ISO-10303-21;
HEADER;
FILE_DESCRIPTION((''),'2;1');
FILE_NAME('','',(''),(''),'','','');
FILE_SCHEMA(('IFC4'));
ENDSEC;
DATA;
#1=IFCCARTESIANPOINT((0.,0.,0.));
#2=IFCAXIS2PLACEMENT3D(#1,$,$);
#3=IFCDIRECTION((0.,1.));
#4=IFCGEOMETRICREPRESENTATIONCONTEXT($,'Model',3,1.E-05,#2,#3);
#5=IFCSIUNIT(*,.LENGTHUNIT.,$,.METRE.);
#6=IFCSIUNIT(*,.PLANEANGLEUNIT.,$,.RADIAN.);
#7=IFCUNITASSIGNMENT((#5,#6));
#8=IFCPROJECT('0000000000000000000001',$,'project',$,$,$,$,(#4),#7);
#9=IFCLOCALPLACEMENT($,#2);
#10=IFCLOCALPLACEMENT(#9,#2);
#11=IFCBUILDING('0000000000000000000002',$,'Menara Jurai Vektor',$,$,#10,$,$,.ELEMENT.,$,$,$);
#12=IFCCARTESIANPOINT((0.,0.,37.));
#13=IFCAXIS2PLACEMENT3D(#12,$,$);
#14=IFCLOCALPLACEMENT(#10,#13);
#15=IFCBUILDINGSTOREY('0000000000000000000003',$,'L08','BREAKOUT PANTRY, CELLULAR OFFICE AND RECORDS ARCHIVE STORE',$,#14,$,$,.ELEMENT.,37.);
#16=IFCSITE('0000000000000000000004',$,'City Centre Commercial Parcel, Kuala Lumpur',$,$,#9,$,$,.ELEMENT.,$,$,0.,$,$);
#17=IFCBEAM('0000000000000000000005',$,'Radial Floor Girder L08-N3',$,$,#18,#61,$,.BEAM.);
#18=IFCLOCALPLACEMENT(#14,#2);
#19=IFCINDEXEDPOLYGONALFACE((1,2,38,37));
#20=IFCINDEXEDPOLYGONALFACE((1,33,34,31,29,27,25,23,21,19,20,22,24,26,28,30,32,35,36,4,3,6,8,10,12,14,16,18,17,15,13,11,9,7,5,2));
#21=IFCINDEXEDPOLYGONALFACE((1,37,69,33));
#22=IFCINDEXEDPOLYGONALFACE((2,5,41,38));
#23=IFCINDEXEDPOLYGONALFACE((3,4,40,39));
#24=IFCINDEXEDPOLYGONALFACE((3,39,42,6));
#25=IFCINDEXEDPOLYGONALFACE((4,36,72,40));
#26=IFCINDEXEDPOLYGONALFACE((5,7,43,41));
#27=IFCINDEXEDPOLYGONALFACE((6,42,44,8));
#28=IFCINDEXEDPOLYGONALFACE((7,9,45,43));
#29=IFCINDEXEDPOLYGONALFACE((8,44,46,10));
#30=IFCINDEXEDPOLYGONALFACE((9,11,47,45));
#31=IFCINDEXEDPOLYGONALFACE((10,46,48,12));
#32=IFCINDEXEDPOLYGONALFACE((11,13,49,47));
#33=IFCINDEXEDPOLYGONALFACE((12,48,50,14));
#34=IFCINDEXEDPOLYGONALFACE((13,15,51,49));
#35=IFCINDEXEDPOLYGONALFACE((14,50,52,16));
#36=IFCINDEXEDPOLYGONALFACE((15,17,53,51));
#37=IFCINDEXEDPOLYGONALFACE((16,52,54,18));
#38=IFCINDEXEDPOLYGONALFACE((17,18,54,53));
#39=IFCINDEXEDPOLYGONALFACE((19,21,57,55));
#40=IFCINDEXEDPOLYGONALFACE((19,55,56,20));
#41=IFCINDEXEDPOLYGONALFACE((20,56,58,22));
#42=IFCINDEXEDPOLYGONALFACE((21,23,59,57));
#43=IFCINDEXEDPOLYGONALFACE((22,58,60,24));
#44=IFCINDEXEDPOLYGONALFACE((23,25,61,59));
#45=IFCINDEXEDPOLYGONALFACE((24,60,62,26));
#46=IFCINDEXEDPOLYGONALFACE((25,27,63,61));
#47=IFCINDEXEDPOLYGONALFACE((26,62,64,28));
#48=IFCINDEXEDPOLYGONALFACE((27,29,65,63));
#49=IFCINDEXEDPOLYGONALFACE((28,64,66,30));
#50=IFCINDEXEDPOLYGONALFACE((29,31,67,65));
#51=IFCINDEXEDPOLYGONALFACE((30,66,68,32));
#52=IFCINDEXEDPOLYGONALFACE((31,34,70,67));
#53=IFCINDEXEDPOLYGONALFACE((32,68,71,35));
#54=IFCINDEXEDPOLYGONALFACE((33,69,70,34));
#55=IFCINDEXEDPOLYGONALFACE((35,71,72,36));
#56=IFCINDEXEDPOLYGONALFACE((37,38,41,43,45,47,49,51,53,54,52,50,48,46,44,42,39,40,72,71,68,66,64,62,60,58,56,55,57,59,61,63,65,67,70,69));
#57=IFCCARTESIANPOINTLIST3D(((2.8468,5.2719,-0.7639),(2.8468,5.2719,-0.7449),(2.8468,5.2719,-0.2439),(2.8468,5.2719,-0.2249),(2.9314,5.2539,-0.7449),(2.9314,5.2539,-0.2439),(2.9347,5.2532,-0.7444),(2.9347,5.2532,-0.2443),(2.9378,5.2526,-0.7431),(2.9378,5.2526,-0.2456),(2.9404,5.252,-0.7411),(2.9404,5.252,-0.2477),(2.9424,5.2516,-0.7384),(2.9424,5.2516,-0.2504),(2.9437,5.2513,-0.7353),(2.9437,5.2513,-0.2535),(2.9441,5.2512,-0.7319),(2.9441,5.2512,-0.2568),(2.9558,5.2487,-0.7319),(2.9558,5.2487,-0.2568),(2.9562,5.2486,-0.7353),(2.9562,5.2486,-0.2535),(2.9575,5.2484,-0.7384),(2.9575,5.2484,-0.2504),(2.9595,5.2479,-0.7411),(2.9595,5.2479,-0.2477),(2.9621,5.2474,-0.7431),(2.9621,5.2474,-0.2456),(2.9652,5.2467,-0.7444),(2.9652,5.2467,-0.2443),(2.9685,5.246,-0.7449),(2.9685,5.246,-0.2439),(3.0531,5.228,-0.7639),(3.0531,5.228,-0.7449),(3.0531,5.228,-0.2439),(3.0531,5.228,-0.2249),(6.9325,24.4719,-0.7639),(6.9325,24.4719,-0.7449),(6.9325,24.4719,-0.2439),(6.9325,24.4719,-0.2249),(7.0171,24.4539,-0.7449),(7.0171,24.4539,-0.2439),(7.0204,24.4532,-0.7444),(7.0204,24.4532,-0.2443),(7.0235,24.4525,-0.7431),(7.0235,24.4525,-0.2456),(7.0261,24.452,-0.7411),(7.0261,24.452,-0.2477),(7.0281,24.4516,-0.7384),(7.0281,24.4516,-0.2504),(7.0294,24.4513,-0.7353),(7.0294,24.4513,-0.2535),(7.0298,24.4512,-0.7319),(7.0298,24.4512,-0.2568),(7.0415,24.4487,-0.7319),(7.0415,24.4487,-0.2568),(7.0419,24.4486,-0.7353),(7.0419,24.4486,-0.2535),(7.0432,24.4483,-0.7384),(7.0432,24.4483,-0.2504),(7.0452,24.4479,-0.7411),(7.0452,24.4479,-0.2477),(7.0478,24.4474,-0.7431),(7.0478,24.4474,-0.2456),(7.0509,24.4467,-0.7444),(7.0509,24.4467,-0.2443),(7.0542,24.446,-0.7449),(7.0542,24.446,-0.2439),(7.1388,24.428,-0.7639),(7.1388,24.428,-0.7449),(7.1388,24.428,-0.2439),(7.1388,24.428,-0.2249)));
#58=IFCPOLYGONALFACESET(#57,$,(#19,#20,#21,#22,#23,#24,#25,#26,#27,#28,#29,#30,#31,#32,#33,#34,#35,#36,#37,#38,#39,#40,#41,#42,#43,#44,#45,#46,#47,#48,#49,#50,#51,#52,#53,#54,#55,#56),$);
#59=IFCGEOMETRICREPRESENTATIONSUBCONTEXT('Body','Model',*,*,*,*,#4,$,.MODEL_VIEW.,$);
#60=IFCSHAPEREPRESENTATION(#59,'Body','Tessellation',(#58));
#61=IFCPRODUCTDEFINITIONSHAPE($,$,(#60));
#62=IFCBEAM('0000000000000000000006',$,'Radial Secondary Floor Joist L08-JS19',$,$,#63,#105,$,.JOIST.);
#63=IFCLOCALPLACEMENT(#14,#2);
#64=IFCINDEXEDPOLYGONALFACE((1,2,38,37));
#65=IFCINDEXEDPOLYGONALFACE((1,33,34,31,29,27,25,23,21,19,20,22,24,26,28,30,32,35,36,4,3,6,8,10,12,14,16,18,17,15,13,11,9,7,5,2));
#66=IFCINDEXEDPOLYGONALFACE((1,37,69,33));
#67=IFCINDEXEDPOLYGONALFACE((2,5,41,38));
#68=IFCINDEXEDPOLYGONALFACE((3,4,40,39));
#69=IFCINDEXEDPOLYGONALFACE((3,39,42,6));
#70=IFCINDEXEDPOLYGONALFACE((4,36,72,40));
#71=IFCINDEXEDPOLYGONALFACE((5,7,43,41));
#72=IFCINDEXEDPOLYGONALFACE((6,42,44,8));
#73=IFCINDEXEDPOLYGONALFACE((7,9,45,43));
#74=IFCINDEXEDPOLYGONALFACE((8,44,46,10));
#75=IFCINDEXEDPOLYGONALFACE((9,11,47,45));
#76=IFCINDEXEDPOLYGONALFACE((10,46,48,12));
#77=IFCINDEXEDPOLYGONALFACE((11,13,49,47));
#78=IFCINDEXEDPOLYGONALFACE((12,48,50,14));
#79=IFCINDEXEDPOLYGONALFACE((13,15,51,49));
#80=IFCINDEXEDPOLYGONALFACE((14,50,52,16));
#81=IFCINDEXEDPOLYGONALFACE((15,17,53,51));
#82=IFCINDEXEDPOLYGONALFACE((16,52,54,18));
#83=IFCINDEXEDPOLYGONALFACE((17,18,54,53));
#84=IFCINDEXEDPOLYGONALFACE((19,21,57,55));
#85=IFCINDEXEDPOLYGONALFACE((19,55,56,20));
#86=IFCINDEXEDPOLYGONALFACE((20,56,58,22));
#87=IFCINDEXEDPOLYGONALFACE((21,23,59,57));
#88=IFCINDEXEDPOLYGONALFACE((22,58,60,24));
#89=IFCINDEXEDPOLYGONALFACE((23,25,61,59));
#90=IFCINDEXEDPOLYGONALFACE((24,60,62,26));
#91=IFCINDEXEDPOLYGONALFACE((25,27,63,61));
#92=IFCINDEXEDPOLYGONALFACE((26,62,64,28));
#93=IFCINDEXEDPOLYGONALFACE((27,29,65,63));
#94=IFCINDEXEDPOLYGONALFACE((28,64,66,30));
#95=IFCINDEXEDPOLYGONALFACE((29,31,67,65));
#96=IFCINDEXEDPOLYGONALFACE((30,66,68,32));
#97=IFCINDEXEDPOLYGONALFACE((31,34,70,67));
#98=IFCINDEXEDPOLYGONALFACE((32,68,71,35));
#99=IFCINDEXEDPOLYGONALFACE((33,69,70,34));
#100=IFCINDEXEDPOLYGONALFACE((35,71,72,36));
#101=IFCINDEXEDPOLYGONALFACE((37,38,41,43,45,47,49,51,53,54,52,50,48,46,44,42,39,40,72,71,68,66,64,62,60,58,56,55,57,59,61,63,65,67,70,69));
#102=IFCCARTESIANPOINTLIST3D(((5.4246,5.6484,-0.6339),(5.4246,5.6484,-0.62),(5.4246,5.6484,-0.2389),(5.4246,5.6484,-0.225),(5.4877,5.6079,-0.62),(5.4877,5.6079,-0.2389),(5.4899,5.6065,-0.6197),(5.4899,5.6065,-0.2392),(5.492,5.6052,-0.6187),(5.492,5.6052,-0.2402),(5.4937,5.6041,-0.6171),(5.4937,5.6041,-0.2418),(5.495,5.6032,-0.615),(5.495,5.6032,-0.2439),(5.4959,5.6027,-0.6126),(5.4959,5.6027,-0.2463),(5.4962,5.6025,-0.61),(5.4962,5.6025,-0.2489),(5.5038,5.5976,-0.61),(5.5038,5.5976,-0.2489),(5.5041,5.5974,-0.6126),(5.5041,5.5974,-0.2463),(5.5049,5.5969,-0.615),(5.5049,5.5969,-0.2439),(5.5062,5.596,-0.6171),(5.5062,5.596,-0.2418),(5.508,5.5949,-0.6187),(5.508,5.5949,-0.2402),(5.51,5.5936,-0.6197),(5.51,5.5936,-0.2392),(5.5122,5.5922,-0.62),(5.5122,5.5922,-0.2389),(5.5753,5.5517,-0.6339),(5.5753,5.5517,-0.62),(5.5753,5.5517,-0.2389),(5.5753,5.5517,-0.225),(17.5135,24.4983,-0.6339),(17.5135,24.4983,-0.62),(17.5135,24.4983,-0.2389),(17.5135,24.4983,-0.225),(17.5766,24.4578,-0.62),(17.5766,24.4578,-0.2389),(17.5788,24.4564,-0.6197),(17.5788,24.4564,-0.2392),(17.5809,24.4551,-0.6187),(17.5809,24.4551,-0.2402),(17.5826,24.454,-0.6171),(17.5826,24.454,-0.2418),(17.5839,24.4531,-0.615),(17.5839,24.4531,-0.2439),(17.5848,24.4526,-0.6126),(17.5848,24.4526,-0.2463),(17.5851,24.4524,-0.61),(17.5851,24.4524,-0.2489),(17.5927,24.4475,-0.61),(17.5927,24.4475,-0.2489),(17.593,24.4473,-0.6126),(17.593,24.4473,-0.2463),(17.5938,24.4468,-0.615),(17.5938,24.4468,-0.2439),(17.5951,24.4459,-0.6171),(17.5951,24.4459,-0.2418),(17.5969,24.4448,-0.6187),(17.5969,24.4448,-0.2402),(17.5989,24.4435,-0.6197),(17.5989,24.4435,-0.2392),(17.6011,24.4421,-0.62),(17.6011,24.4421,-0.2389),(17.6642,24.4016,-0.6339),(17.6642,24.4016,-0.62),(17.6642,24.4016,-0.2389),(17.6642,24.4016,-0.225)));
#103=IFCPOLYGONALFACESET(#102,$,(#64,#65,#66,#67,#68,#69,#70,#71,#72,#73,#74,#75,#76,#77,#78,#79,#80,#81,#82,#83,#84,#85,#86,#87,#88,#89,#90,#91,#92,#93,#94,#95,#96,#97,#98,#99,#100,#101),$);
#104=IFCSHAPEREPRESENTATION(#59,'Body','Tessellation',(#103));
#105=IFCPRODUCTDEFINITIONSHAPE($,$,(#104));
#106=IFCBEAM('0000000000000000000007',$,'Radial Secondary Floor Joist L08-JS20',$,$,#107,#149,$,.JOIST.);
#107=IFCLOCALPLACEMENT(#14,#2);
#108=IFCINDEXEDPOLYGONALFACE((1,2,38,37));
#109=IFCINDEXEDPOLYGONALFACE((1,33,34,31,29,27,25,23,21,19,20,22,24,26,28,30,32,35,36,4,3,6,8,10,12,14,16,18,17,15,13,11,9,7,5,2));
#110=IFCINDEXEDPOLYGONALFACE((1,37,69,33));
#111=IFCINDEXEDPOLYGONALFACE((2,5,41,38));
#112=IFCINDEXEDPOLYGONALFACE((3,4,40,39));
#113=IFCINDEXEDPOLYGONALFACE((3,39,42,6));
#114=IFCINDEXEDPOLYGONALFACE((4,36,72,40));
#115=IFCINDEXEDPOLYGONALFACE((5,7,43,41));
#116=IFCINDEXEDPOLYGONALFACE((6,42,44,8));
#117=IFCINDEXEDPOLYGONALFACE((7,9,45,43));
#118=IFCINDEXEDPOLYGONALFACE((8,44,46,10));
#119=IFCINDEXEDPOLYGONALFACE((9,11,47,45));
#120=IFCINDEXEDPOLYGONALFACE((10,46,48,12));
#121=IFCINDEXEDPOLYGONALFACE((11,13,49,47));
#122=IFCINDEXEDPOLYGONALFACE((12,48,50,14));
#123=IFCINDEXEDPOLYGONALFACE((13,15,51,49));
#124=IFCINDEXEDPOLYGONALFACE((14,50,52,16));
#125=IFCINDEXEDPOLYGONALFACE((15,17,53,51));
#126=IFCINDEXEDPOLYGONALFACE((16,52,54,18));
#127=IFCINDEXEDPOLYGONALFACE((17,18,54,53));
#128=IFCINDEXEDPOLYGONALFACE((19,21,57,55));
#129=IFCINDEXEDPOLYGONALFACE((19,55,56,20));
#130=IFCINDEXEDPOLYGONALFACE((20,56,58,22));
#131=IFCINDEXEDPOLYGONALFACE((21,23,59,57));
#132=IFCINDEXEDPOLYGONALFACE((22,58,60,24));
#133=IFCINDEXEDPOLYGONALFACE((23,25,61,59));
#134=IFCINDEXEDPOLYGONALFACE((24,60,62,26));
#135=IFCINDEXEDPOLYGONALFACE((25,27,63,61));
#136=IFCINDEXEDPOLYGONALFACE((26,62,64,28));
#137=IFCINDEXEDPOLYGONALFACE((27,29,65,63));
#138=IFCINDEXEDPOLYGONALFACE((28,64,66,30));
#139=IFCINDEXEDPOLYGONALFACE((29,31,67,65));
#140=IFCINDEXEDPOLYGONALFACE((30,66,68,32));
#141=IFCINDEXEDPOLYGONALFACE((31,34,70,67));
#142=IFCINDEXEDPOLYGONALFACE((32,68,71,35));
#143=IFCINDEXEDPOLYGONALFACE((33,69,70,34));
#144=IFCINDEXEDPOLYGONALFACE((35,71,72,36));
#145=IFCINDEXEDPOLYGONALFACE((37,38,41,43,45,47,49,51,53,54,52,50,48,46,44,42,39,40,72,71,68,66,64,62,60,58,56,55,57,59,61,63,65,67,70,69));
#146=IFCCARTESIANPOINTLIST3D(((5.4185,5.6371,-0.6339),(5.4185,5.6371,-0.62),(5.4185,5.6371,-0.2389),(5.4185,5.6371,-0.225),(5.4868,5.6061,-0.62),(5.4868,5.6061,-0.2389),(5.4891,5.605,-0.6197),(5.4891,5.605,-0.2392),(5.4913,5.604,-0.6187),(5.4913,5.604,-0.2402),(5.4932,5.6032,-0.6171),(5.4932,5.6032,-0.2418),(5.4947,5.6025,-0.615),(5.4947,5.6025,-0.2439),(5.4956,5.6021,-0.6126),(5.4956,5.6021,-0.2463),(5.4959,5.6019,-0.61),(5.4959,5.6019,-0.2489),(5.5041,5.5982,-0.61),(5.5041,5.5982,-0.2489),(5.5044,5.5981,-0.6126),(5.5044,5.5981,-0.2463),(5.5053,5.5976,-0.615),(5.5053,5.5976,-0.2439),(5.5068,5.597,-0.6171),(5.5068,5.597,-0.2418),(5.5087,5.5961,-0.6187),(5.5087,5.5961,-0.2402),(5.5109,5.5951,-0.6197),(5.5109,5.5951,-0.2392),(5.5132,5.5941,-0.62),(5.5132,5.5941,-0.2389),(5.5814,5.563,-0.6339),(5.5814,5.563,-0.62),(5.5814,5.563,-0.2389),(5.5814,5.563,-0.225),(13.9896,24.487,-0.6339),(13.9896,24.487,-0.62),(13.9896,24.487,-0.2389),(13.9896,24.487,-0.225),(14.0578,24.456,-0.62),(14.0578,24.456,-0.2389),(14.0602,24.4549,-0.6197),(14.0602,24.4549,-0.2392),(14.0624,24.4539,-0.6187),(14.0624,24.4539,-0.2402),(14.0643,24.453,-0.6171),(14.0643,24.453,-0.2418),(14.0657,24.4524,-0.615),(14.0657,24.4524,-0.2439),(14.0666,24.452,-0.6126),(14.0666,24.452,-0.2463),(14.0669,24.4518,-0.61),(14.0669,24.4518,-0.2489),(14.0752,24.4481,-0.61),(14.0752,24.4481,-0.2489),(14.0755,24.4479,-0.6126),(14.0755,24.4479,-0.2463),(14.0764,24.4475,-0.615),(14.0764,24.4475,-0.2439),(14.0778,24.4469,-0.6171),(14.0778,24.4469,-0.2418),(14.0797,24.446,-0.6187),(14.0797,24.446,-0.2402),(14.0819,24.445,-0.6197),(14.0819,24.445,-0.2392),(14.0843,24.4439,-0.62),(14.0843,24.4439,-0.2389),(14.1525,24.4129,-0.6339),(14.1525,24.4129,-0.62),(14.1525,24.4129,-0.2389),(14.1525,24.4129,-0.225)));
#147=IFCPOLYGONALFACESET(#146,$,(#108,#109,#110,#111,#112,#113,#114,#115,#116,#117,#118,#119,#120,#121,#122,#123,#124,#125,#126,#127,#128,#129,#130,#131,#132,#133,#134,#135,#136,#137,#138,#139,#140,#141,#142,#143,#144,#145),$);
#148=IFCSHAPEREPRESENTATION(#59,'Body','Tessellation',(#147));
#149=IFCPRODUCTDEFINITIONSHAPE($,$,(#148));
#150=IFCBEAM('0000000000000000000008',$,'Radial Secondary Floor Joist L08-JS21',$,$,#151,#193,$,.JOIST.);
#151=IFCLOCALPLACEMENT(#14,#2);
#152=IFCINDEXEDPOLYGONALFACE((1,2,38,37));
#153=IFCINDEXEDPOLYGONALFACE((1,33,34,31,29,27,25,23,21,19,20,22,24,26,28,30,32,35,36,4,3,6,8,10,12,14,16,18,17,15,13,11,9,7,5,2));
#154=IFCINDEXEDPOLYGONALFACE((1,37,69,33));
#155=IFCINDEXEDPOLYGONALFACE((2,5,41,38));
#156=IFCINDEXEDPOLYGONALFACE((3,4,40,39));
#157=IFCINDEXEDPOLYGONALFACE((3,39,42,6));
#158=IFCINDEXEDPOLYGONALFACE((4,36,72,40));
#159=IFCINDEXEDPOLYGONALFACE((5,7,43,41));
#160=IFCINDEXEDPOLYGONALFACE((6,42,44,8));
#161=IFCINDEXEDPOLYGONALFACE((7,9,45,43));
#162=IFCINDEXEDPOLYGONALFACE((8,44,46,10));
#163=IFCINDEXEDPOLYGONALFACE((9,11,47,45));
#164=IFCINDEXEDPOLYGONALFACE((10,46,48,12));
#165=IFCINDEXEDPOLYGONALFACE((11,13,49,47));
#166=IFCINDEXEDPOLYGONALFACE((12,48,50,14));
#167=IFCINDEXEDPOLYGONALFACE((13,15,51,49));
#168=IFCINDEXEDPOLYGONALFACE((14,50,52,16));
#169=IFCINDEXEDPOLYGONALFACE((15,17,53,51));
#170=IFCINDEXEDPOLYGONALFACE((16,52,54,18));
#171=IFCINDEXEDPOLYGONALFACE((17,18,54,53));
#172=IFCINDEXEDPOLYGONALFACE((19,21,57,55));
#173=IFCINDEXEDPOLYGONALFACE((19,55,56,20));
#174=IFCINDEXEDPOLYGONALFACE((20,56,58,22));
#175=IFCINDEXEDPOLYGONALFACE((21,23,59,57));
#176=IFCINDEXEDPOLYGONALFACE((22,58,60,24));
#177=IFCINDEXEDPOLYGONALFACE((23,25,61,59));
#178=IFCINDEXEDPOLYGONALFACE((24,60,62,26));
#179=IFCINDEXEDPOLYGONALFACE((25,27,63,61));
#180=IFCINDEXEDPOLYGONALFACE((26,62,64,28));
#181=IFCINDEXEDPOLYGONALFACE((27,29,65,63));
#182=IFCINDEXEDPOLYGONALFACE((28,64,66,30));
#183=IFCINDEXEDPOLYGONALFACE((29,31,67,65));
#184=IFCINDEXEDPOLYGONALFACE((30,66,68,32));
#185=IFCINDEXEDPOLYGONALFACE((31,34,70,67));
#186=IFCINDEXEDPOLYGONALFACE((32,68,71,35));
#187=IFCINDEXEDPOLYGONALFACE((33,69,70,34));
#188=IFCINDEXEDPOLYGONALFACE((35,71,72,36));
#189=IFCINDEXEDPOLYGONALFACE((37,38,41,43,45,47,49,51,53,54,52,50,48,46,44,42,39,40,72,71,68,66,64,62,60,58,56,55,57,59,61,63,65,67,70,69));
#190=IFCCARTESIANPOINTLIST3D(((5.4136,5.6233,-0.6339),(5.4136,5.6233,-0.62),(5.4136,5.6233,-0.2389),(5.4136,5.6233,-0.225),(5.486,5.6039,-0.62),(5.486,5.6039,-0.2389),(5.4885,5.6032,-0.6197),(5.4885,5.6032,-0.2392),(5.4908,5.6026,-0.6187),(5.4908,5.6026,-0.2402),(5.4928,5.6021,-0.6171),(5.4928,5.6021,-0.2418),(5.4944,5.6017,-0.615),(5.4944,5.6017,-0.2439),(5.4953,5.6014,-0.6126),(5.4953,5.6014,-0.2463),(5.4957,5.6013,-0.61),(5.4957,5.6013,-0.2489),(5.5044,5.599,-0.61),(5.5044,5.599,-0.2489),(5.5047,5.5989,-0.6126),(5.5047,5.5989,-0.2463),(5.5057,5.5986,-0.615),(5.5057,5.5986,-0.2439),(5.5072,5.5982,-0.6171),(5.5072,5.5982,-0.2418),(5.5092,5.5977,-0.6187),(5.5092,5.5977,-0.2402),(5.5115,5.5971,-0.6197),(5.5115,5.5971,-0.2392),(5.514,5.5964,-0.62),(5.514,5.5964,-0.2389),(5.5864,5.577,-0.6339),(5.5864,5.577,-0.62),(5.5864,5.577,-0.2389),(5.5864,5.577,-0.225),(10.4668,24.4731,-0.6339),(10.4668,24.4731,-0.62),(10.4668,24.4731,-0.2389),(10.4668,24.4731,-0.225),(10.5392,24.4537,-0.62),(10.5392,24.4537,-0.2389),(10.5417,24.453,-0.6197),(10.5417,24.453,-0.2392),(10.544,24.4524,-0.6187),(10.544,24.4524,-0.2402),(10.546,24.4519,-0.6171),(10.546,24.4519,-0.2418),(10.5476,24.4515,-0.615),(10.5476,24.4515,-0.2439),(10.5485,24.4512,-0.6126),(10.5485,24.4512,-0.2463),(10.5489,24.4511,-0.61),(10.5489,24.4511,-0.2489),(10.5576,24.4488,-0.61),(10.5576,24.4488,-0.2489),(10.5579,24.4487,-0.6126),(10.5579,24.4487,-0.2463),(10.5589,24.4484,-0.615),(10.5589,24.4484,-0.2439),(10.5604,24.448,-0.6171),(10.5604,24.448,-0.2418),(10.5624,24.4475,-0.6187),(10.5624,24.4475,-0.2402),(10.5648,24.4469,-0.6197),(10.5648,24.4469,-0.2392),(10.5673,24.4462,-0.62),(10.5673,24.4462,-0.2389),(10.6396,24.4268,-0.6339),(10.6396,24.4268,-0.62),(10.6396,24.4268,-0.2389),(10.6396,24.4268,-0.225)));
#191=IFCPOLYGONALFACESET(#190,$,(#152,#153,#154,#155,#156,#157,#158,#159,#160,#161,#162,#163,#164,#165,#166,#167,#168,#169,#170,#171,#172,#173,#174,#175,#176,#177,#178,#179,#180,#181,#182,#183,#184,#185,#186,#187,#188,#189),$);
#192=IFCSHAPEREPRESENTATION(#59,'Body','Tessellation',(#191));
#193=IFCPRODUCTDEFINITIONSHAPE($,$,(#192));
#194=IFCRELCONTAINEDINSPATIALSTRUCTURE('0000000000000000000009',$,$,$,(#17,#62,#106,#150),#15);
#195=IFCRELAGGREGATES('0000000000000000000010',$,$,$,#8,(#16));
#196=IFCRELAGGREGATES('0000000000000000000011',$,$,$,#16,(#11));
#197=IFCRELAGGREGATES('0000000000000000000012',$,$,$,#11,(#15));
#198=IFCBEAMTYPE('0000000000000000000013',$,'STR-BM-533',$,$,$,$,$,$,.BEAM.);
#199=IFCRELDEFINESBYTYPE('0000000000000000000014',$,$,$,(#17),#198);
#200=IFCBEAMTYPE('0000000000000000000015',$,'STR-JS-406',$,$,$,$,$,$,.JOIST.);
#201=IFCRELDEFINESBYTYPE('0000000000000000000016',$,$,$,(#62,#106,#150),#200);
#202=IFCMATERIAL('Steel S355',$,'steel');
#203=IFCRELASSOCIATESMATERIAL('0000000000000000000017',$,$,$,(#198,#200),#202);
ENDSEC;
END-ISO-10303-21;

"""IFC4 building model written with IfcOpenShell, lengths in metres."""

from ifc_helpers import new_model, si_unit, direction, frame, origin, origin_2d, place, context, subcontext, project, spatial, i_section, extrude, material, material_profile, profile_set, type_object, element, save


model = new_model("IFC4")

# Units and contexts
model_context = context("Model", 3, precision=1e-05, world=origin(), true_north=direction((0.0, 1.0)))
body_context = subcontext(model_context, "Body", "Model", "MODEL_VIEW")
ifc_project = project(units=[si_unit("LENGTHUNIT", "METRE"), si_unit("PLANEANGLEUNIT", "RADIAN")], contexts=[model_context])

# Site, building, storey
site_placement = place(None, origin())
site = spatial("IfcSite", under=ifc_project, at=site_placement, Name="City Centre Commercial Parcel, Kuala Lumpur", CompositionType="ELEMENT", RefElevation=0.0)
building_placement = place(site_placement, origin())
building = spatial("IfcBuilding", under=site, at=building_placement, Name="Menara Jurai Vektor", CompositionType="ELEMENT")
storey_placement = place(building_placement, frame((0.0, 0.0, 37.0)))
storey = spatial("IfcBuildingStorey", under=building, at=storey_placement, Name="L08", Description="BREAKOUT PANTRY, CELLULAR OFFICE AND RECORDS ARCHIVE STORE", CompositionType="ELEMENT", Elevation=37.0)

# Beams
ifc_material_1 = material(Name="Steel S355", Category="steel")
ifc_material_profile_1 = material_profile(ifc_material_1, i_section(OverallWidth=0.2109, OverallDepth=0.5391, WebThickness=0.012, FlangeThickness=0.019, FilletRadius=0.0129, at=origin_2d()), Name="UKB 533x210x109")
ifc_profile_set_1 = profile_set([ifc_material_profile_1], Name="Steel S355")
beam_type_1 = type_object("IfcBeamType", Name="STR-BM-533", PredefinedType="BEAM", material=ifc_profile_set_1)
beam_1_placement = place(storey_placement, frame((7.0356, 24.45, -0.4944), z_axis=(-0.208137, -0.9781, 0.0), x_axis=(0.9781, -0.208137, 0.0)))
element("IfcBeam", 1, at=beam_1_placement, inside=storey, type_object=beam_type_1, Name="Radial Floor Girder L08-N3", PredefinedType="BEAM", context=body_context, shape_type="SweptSolid", body=[
    extrude(i_section(OverallWidth=0.2109, OverallDepth=0.5391, WebThickness=0.012, FlangeThickness=0.019, FilletRadius=0.0129, at=origin_2d()), origin(), (0.0, 0.0, 1.0), 19.6299),
])
ifc_material_profile_2 = material_profile(ifc_material_1, i_section(OverallWidth=0.179, OverallDepth=0.4089, WebThickness=0.009, FlangeThickness=0.0139, FilletRadius=0.01, at=origin_2d()), Name="UKB 406x178x67")
ifc_profile_set_2 = profile_set([ifc_material_profile_2], Name="Steel S355")
beam_type_2 = type_object("IfcBeamType", Name="STR-JS-406", PredefinedType="JOIST", material=ifc_profile_set_2)
beam_2_placement = place(storey_placement, frame((17.5889, 24.45, -0.4294), z_axis=(-0.539844, -0.841765, 0.0), x_axis=(0.841765, -0.539844, 0.0)))
element("IfcBeam", 2, at=beam_2_placement, inside=storey, type_object=beam_type_2, Name="Radial Secondary Floor Joist L08-JS19", PredefinedType="JOIST", context=body_context, shape_type="SweptSolid", body=[
    extrude(i_section(OverallWidth=0.179, OverallDepth=0.4089, WebThickness=0.009, FlangeThickness=0.0139, FilletRadius=0.01, at=origin_2d()), origin(), (0.0, 0.0, 1.0), 22.3933),
])
beam_3_placement = place(storey_placement, frame((14.071, 24.45, -0.4294), z_axis=(-0.41392, -0.910313, 0.0), x_axis=(0.910313, -0.41392, 0.0)))
element("IfcBeam", 3, at=beam_3_placement, inside=storey, type_object=beam_type_2, Name="Radial Secondary Floor Joist L08-JS20", PredefinedType="JOIST", context=body_context, shape_type="SweptSolid", body=[
    extrude(i_section(OverallWidth=0.179, OverallDepth=0.4089, WebThickness=0.009, FlangeThickness=0.0139, FilletRadius=0.01, at=origin_2d()), origin(), (0.0, 0.0, 1.0), 20.707),
])
beam_4_placement = place(storey_placement, frame((10.5532, 24.45, -0.4294), z_axis=(-0.258935, -0.965895, 0.0), x_axis=(0.965895, -0.258935, 0.0)))
element("IfcBeam", 4, at=beam_4_placement, inside=storey, type_object=beam_type_2, Name="Radial Secondary Floor Joist L08-JS21", PredefinedType="JOIST", context=body_context, shape_type="SweptSolid", body=[
    extrude(i_section(OverallWidth=0.179, OverallDepth=0.4089, WebThickness=0.009, FlangeThickness=0.0139, FilletRadius=0.01, at=origin_2d()), origin(), (0.0, 0.0, 1.0), 19.5154),
])

save(model, "model.ifc")
